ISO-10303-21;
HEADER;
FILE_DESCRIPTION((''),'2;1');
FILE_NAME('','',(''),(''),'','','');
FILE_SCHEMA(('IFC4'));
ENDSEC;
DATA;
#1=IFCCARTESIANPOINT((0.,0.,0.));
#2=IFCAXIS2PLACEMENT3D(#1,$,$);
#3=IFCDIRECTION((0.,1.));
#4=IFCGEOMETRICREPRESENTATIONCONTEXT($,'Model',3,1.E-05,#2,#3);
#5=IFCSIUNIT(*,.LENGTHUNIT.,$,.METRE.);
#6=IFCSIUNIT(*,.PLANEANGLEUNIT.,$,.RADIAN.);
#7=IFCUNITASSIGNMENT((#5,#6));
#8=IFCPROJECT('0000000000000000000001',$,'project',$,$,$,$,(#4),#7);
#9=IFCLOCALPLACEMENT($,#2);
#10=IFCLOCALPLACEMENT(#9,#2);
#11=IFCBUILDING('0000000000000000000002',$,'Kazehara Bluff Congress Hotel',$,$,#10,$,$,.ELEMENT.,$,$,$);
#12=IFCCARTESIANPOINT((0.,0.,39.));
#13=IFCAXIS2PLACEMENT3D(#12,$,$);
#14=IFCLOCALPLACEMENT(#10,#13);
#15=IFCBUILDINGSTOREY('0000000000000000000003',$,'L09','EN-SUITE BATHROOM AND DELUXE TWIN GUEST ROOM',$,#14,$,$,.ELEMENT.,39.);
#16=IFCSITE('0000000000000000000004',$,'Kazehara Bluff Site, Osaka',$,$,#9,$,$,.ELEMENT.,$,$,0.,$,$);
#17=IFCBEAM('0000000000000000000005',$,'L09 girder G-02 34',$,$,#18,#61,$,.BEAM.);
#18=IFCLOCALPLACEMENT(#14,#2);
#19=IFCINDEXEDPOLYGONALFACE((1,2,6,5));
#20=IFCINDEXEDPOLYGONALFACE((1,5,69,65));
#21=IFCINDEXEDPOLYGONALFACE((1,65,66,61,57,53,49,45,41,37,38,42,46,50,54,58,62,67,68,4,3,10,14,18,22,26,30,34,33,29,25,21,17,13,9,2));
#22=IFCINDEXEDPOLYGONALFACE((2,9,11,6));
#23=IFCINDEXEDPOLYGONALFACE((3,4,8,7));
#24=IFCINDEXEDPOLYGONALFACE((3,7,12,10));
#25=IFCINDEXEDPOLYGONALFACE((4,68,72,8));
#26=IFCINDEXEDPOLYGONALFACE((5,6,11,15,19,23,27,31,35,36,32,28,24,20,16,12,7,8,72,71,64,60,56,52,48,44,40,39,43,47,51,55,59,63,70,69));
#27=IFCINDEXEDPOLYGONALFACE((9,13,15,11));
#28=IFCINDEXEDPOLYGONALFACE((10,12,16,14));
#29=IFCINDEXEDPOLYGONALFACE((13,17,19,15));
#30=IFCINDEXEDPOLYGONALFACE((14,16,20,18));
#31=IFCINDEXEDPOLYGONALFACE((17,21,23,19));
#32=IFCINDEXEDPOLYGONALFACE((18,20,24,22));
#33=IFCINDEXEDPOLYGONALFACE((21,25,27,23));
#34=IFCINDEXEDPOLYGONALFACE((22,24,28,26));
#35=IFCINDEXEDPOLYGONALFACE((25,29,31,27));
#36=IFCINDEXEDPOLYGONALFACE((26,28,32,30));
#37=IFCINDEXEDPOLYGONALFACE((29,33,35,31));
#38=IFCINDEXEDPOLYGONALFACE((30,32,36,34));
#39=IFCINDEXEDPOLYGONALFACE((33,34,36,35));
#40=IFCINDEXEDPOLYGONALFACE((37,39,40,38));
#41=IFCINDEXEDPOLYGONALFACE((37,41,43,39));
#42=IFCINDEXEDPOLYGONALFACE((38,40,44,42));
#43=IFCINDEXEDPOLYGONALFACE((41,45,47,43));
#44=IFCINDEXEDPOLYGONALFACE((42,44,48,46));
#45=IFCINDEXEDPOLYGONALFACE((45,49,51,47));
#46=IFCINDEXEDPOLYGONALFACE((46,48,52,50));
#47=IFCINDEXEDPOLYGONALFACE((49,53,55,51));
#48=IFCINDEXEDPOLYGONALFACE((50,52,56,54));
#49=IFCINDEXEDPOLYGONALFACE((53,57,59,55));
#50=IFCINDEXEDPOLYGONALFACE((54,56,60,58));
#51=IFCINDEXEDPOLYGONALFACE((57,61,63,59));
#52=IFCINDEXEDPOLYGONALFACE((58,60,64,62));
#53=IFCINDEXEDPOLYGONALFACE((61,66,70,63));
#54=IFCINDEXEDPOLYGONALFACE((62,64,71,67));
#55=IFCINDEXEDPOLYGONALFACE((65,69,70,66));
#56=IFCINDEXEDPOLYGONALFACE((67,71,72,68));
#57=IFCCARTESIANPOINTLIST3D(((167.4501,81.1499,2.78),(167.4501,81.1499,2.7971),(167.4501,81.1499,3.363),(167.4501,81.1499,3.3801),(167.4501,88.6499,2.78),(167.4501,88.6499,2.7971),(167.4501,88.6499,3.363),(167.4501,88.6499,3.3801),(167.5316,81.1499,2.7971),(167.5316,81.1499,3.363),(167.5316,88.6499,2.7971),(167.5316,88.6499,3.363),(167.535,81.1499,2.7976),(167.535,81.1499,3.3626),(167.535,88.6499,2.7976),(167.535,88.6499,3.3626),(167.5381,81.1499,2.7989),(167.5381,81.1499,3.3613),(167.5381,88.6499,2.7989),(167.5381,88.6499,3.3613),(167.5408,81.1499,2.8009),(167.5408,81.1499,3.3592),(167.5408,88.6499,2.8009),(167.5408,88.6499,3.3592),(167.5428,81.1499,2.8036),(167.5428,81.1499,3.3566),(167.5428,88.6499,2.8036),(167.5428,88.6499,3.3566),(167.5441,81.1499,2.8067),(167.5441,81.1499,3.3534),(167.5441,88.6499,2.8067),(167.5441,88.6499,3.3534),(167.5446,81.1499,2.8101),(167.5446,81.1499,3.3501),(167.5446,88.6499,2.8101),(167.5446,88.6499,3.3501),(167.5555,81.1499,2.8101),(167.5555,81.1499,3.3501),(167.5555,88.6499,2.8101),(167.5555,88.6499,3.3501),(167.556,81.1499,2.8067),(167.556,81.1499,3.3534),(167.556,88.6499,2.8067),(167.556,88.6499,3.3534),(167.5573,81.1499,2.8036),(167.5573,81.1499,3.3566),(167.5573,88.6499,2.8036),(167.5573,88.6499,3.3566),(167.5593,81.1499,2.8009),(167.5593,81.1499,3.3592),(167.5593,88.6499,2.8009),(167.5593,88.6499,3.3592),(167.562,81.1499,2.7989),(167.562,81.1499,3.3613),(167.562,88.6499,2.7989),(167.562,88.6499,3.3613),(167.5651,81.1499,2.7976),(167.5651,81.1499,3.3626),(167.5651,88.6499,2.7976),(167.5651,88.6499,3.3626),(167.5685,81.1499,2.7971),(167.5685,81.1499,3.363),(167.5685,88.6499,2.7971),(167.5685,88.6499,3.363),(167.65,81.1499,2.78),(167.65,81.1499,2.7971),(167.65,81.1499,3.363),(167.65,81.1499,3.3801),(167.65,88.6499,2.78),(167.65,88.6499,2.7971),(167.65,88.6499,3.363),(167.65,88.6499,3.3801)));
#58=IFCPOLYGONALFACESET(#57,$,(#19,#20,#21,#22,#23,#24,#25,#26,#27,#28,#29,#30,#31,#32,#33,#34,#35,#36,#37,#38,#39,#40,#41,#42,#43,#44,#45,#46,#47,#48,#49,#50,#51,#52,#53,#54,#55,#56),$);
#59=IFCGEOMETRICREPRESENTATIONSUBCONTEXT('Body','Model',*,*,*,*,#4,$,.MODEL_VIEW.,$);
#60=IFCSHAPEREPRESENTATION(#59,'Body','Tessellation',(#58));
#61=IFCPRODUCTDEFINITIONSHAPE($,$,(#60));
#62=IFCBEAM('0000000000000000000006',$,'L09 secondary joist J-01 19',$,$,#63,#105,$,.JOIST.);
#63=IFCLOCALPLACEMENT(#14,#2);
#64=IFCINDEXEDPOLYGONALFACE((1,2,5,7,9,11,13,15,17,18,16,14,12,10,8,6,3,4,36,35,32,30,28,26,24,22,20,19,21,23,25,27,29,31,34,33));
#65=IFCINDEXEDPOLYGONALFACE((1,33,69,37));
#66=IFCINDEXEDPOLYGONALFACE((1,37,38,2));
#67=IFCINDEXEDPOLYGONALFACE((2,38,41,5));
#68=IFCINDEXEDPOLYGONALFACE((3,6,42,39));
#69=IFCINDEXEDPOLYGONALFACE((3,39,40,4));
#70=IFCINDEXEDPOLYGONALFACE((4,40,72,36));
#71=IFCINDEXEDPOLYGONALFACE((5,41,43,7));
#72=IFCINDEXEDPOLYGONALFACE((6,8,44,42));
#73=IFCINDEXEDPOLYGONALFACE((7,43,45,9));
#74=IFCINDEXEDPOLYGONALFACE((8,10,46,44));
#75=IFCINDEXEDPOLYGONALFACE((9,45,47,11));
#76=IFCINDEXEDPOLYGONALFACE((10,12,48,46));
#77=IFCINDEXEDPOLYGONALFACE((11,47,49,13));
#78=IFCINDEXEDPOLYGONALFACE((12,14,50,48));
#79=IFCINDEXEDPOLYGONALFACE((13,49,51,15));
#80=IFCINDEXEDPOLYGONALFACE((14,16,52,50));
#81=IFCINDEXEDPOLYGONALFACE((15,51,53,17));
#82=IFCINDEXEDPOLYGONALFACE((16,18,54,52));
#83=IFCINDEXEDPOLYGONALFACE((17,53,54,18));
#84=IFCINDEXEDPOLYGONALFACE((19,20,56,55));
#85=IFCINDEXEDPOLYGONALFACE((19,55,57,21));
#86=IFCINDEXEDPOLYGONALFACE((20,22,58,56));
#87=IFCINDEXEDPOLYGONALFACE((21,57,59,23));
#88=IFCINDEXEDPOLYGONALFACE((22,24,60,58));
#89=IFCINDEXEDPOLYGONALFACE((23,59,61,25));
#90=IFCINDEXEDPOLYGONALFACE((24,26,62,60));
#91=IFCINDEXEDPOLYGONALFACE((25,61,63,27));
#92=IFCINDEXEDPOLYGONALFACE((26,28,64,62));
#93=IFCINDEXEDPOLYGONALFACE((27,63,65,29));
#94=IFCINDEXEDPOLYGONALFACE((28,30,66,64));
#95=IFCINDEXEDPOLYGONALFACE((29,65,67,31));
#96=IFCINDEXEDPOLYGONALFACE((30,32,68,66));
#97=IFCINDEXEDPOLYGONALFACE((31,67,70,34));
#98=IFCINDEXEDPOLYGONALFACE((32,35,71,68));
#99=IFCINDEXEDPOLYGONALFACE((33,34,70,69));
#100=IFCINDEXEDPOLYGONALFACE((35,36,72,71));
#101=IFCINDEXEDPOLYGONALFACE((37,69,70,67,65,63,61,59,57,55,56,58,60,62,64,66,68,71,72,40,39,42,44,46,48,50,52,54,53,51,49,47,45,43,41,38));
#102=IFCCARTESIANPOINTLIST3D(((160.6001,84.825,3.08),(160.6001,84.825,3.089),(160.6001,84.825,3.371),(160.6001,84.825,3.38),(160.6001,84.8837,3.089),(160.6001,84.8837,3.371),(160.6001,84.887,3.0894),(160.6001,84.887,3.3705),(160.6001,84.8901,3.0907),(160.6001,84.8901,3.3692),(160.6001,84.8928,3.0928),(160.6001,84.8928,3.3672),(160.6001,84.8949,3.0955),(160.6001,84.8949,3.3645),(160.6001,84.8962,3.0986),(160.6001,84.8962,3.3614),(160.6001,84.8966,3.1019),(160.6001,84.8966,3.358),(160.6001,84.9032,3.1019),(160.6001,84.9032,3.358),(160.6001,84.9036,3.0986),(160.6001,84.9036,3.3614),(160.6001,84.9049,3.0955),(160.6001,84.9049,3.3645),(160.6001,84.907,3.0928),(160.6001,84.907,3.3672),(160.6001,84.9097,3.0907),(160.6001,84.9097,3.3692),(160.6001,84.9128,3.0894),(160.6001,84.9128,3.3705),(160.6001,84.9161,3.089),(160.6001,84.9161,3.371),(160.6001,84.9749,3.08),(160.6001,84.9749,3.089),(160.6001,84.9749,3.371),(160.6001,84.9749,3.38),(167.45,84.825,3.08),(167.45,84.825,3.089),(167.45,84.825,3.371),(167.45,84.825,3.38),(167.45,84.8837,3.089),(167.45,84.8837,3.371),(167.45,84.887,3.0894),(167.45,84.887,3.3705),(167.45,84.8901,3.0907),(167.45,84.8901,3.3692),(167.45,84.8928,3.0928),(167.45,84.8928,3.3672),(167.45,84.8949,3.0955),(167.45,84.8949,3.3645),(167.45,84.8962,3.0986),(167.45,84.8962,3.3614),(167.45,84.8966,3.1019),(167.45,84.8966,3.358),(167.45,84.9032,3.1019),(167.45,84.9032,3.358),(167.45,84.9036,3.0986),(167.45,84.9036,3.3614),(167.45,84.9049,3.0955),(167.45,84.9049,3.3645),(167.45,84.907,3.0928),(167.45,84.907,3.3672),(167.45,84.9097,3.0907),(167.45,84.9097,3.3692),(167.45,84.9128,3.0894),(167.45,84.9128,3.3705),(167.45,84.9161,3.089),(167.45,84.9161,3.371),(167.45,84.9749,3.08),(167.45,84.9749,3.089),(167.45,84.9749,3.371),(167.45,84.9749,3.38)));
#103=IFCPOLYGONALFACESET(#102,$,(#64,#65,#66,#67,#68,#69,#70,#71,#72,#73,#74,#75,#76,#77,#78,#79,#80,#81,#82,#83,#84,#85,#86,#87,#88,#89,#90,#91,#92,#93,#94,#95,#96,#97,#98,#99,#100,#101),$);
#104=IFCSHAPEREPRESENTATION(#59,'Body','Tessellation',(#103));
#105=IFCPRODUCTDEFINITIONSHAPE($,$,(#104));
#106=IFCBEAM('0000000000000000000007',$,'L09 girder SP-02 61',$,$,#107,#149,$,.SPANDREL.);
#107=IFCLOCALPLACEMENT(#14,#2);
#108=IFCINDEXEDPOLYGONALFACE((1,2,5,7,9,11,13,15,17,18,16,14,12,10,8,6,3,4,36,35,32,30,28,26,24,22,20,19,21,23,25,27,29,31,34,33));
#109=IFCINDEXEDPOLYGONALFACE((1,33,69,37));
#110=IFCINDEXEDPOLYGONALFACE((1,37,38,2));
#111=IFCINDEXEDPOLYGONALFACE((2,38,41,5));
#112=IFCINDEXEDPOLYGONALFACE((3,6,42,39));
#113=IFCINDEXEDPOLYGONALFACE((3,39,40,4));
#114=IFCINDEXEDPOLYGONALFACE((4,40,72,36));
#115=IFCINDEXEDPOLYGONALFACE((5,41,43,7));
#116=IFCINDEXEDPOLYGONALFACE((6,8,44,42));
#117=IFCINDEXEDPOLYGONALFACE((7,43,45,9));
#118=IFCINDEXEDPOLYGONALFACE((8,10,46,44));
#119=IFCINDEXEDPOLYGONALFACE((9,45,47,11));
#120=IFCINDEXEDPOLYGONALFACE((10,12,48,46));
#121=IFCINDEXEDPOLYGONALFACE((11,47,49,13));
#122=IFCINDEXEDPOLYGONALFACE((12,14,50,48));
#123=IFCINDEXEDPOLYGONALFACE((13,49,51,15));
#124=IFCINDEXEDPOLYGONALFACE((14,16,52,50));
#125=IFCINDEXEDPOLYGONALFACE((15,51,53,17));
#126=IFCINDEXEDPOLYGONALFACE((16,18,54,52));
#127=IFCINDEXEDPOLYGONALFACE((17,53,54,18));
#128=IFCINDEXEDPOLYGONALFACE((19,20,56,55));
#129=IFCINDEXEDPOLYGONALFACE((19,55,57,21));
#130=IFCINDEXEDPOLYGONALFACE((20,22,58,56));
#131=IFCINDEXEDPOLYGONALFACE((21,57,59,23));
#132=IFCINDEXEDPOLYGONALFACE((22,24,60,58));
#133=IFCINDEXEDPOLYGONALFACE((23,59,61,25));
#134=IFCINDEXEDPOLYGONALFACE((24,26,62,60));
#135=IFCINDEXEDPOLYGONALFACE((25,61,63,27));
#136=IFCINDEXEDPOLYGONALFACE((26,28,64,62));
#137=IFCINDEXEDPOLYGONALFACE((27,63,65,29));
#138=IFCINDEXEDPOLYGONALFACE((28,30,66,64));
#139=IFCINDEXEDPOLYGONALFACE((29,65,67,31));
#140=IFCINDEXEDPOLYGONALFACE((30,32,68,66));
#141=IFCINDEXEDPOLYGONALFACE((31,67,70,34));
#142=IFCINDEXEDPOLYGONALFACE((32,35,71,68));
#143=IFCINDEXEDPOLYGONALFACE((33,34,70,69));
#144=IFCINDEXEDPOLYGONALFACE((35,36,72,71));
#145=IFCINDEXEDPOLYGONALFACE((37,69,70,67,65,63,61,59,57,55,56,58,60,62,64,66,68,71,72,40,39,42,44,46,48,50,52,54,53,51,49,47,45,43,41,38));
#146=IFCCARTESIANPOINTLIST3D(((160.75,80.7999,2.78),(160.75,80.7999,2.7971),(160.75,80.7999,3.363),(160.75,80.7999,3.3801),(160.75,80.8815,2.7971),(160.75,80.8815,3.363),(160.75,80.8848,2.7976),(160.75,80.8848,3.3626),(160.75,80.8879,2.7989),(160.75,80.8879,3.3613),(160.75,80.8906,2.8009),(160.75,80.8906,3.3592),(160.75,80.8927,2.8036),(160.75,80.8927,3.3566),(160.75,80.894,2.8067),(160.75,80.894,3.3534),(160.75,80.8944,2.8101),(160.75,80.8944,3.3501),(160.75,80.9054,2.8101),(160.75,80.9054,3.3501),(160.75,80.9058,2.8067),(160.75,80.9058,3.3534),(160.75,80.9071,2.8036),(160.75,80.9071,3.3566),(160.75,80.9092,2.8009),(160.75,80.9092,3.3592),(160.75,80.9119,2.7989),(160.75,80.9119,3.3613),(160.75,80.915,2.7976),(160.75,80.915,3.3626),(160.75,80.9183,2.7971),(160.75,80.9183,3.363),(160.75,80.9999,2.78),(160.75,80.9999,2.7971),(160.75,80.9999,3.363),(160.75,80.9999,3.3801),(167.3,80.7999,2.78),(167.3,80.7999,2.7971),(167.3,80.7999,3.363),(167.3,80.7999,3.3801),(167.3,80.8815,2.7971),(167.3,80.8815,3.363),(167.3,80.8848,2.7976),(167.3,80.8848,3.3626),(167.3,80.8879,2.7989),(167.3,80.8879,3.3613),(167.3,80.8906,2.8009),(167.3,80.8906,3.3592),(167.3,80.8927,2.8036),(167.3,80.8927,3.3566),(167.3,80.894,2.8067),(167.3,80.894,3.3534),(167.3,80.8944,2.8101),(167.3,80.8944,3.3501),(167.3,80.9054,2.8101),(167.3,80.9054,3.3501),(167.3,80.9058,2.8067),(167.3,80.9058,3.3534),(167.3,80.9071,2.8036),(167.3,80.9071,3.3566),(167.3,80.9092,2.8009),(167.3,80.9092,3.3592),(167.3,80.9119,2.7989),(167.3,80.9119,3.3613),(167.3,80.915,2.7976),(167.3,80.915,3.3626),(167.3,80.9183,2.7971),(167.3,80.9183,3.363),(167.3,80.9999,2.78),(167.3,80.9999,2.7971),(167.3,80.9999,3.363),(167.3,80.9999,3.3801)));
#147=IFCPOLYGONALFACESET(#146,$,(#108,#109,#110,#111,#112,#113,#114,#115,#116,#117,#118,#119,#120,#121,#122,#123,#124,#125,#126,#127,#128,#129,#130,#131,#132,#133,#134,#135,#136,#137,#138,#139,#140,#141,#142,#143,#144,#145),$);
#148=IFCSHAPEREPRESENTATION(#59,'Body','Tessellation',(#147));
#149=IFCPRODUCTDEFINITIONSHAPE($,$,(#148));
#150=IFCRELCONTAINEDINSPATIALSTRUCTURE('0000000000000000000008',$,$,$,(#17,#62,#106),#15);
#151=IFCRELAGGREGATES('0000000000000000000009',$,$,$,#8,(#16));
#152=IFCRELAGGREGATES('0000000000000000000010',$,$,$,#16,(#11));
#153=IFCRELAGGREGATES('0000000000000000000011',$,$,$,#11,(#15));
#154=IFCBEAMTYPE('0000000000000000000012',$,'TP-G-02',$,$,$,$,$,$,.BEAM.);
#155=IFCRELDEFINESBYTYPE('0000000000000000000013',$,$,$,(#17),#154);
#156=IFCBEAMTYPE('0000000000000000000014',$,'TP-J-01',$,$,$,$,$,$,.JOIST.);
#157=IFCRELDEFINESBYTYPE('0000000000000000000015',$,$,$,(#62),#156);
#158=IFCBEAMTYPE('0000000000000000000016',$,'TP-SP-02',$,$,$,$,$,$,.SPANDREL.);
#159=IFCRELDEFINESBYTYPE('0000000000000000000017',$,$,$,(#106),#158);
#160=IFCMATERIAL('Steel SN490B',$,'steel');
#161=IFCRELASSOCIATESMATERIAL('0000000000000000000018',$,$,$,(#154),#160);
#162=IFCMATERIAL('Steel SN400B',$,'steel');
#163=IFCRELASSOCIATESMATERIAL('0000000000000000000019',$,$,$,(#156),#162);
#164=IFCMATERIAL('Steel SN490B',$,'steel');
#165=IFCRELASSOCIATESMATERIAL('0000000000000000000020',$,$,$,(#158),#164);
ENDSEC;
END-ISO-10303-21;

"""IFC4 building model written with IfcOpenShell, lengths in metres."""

from ifc_helpers import new_model, si_unit, direction, frame, origin, origin_2d, place, context, subcontext, project, spatial, i_section, extrude, material, material_profile, profile_set, type_object, element, save


model = new_model("IFC4")

# Units and contexts
model_context = context("Model", 3, precision=1e-05, world=origin(), true_north=direction((0.0, 1.0)))
body_context = subcontext(model_context, "Body", "Model", "MODEL_VIEW")
ifc_project = project(units=[si_unit("LENGTHUNIT", "METRE"), si_unit("PLANEANGLEUNIT", "RADIAN")], contexts=[model_context])

# Site, building, storey
site_placement = place(None, origin())
site = spatial("IfcSite", under=ifc_project, at=site_placement, Name="Kazehara Bluff Site, Osaka", CompositionType="ELEMENT", RefElevation=0.0)
building_placement = place(site_placement, origin())
building = spatial("IfcBuilding", under=site, at=building_placement, Name="Kazehara Bluff Congress Hotel", CompositionType="ELEMENT")
storey_placement = place(building_placement, frame((0.0, 0.0, 39.0)))
storey = spatial("IfcBuildingStorey", under=building, at=storey_placement, Name="L09", Description="EN-SUITE BATHROOM AND DELUXE TWIN GUEST ROOM", CompositionType="ELEMENT", Elevation=39.0)

# Beams
ifc_material_1 = material(Name="Steel SN490B", Category="steel")
ifc_material_profile_1 = material_profile(ifc_material_1, i_section(OverallWidth=0.2, OverallDepth=0.6001, WebThickness=0.011, FlangeThickness=0.0171, FilletRadius=0.0129, at=origin_2d()))
ifc_profile_set_1 = profile_set([ifc_material_profile_1], Name="Steel SN490B")
beam_type_1 = type_object("IfcBeamType", Name="TP-G-02", PredefinedType="BEAM", material=ifc_profile_set_1)
for number, where, z_axis, x_axis, name in (
    (1, (167.55, 81.1499, 3.0801), (0.0, 1.0, 0.0), (-1.0, 0.0, 0.0), "L09 girder G-02 34"),
):
    element("IfcBeam", number, at=place(storey_placement, frame(where, z_axis=z_axis, x_axis=x_axis)), inside=storey, type_object=beam_type_1, Name=name, PredefinedType="BEAM", context=body_context, shape_type="SweptSolid", body=[
        extrude(i_section(OverallWidth=0.2, OverallDepth=0.6001, WebThickness=0.011, FlangeThickness=0.0171, FilletRadius=0.0129, at=origin_2d()), origin(), (0.0, 0.0, 1.0), 7.5),
    ])
ifc_material_2 = material(Name="Steel SN400B", Category="steel")
ifc_material_profile_2 = material_profile(ifc_material_2, i_section(OverallWidth=0.1499, OverallDepth=0.3, WebThickness=0.0066, FlangeThickness=0.009, FilletRadius=0.0129, at=origin_2d()))
ifc_profile_set_2 = profile_set([ifc_material_profile_2], Name="Steel SN400B")
beam_type_2 = type_object("IfcBeamType", Name="TP-J-01", PredefinedType="JOIST", material=ifc_profile_set_2)
beam_1_placement = place(storey_placement, frame((160.6001, 84.8999, 3.23), z_axis=(1.0, 0.0, 0.0), x_axis=(0.0, 1.0, 0.0)))
element("IfcBeam", 2, at=beam_1_placement, inside=storey, type_object=beam_type_2, Name="L09 secondary joist J-01 19", PredefinedType="JOIST", context=body_context, shape_type="SweptSolid", body=[
    extrude(i_section(OverallWidth=0.1499, OverallDepth=0.3, WebThickness=0.0066, FlangeThickness=0.009, FilletRadius=0.0129, at=origin_2d()), origin(), (0.0, 0.0, 1.0), 6.8499),
])
ifc_material_3 = material(Name="Steel SN490B", Category="steel")
ifc_material_profile_3 = material_profile(ifc_material_3, i_section(OverallWidth=0.2, OverallDepth=0.6001, WebThickness=0.011, FlangeThickness=0.0171, FilletRadius=0.0129, at=origin_2d()))
ifc_profile_set_3 = profile_set([ifc_material_profile_3], Name="Steel SN490B")
beam_type_3 = type_object("IfcBeamType", Name="TP-SP-02", PredefinedType="SPANDREL", material=ifc_profile_set_3)
beam_2_placement = place(storey_placement, frame((160.75, 80.8999, 3.0801), z_axis=(1.0, 0.0, 0.0), x_axis=(0.0, 1.0, 0.0)))
element("IfcBeam", 3, at=beam_2_placement, inside=storey, type_object=beam_type_3, Name="L09 girder SP-02 61", PredefinedType="SPANDREL", context=body_context, shape_type="SweptSolid", body=[
    extrude(i_section(OverallWidth=0.2, OverallDepth=0.6001, WebThickness=0.011, FlangeThickness=0.0171, FilletRadius=0.0129, at=origin_2d()), origin(), (0.0, 0.0, 1.0), 6.55),
])

save(model, "model.ifc")
